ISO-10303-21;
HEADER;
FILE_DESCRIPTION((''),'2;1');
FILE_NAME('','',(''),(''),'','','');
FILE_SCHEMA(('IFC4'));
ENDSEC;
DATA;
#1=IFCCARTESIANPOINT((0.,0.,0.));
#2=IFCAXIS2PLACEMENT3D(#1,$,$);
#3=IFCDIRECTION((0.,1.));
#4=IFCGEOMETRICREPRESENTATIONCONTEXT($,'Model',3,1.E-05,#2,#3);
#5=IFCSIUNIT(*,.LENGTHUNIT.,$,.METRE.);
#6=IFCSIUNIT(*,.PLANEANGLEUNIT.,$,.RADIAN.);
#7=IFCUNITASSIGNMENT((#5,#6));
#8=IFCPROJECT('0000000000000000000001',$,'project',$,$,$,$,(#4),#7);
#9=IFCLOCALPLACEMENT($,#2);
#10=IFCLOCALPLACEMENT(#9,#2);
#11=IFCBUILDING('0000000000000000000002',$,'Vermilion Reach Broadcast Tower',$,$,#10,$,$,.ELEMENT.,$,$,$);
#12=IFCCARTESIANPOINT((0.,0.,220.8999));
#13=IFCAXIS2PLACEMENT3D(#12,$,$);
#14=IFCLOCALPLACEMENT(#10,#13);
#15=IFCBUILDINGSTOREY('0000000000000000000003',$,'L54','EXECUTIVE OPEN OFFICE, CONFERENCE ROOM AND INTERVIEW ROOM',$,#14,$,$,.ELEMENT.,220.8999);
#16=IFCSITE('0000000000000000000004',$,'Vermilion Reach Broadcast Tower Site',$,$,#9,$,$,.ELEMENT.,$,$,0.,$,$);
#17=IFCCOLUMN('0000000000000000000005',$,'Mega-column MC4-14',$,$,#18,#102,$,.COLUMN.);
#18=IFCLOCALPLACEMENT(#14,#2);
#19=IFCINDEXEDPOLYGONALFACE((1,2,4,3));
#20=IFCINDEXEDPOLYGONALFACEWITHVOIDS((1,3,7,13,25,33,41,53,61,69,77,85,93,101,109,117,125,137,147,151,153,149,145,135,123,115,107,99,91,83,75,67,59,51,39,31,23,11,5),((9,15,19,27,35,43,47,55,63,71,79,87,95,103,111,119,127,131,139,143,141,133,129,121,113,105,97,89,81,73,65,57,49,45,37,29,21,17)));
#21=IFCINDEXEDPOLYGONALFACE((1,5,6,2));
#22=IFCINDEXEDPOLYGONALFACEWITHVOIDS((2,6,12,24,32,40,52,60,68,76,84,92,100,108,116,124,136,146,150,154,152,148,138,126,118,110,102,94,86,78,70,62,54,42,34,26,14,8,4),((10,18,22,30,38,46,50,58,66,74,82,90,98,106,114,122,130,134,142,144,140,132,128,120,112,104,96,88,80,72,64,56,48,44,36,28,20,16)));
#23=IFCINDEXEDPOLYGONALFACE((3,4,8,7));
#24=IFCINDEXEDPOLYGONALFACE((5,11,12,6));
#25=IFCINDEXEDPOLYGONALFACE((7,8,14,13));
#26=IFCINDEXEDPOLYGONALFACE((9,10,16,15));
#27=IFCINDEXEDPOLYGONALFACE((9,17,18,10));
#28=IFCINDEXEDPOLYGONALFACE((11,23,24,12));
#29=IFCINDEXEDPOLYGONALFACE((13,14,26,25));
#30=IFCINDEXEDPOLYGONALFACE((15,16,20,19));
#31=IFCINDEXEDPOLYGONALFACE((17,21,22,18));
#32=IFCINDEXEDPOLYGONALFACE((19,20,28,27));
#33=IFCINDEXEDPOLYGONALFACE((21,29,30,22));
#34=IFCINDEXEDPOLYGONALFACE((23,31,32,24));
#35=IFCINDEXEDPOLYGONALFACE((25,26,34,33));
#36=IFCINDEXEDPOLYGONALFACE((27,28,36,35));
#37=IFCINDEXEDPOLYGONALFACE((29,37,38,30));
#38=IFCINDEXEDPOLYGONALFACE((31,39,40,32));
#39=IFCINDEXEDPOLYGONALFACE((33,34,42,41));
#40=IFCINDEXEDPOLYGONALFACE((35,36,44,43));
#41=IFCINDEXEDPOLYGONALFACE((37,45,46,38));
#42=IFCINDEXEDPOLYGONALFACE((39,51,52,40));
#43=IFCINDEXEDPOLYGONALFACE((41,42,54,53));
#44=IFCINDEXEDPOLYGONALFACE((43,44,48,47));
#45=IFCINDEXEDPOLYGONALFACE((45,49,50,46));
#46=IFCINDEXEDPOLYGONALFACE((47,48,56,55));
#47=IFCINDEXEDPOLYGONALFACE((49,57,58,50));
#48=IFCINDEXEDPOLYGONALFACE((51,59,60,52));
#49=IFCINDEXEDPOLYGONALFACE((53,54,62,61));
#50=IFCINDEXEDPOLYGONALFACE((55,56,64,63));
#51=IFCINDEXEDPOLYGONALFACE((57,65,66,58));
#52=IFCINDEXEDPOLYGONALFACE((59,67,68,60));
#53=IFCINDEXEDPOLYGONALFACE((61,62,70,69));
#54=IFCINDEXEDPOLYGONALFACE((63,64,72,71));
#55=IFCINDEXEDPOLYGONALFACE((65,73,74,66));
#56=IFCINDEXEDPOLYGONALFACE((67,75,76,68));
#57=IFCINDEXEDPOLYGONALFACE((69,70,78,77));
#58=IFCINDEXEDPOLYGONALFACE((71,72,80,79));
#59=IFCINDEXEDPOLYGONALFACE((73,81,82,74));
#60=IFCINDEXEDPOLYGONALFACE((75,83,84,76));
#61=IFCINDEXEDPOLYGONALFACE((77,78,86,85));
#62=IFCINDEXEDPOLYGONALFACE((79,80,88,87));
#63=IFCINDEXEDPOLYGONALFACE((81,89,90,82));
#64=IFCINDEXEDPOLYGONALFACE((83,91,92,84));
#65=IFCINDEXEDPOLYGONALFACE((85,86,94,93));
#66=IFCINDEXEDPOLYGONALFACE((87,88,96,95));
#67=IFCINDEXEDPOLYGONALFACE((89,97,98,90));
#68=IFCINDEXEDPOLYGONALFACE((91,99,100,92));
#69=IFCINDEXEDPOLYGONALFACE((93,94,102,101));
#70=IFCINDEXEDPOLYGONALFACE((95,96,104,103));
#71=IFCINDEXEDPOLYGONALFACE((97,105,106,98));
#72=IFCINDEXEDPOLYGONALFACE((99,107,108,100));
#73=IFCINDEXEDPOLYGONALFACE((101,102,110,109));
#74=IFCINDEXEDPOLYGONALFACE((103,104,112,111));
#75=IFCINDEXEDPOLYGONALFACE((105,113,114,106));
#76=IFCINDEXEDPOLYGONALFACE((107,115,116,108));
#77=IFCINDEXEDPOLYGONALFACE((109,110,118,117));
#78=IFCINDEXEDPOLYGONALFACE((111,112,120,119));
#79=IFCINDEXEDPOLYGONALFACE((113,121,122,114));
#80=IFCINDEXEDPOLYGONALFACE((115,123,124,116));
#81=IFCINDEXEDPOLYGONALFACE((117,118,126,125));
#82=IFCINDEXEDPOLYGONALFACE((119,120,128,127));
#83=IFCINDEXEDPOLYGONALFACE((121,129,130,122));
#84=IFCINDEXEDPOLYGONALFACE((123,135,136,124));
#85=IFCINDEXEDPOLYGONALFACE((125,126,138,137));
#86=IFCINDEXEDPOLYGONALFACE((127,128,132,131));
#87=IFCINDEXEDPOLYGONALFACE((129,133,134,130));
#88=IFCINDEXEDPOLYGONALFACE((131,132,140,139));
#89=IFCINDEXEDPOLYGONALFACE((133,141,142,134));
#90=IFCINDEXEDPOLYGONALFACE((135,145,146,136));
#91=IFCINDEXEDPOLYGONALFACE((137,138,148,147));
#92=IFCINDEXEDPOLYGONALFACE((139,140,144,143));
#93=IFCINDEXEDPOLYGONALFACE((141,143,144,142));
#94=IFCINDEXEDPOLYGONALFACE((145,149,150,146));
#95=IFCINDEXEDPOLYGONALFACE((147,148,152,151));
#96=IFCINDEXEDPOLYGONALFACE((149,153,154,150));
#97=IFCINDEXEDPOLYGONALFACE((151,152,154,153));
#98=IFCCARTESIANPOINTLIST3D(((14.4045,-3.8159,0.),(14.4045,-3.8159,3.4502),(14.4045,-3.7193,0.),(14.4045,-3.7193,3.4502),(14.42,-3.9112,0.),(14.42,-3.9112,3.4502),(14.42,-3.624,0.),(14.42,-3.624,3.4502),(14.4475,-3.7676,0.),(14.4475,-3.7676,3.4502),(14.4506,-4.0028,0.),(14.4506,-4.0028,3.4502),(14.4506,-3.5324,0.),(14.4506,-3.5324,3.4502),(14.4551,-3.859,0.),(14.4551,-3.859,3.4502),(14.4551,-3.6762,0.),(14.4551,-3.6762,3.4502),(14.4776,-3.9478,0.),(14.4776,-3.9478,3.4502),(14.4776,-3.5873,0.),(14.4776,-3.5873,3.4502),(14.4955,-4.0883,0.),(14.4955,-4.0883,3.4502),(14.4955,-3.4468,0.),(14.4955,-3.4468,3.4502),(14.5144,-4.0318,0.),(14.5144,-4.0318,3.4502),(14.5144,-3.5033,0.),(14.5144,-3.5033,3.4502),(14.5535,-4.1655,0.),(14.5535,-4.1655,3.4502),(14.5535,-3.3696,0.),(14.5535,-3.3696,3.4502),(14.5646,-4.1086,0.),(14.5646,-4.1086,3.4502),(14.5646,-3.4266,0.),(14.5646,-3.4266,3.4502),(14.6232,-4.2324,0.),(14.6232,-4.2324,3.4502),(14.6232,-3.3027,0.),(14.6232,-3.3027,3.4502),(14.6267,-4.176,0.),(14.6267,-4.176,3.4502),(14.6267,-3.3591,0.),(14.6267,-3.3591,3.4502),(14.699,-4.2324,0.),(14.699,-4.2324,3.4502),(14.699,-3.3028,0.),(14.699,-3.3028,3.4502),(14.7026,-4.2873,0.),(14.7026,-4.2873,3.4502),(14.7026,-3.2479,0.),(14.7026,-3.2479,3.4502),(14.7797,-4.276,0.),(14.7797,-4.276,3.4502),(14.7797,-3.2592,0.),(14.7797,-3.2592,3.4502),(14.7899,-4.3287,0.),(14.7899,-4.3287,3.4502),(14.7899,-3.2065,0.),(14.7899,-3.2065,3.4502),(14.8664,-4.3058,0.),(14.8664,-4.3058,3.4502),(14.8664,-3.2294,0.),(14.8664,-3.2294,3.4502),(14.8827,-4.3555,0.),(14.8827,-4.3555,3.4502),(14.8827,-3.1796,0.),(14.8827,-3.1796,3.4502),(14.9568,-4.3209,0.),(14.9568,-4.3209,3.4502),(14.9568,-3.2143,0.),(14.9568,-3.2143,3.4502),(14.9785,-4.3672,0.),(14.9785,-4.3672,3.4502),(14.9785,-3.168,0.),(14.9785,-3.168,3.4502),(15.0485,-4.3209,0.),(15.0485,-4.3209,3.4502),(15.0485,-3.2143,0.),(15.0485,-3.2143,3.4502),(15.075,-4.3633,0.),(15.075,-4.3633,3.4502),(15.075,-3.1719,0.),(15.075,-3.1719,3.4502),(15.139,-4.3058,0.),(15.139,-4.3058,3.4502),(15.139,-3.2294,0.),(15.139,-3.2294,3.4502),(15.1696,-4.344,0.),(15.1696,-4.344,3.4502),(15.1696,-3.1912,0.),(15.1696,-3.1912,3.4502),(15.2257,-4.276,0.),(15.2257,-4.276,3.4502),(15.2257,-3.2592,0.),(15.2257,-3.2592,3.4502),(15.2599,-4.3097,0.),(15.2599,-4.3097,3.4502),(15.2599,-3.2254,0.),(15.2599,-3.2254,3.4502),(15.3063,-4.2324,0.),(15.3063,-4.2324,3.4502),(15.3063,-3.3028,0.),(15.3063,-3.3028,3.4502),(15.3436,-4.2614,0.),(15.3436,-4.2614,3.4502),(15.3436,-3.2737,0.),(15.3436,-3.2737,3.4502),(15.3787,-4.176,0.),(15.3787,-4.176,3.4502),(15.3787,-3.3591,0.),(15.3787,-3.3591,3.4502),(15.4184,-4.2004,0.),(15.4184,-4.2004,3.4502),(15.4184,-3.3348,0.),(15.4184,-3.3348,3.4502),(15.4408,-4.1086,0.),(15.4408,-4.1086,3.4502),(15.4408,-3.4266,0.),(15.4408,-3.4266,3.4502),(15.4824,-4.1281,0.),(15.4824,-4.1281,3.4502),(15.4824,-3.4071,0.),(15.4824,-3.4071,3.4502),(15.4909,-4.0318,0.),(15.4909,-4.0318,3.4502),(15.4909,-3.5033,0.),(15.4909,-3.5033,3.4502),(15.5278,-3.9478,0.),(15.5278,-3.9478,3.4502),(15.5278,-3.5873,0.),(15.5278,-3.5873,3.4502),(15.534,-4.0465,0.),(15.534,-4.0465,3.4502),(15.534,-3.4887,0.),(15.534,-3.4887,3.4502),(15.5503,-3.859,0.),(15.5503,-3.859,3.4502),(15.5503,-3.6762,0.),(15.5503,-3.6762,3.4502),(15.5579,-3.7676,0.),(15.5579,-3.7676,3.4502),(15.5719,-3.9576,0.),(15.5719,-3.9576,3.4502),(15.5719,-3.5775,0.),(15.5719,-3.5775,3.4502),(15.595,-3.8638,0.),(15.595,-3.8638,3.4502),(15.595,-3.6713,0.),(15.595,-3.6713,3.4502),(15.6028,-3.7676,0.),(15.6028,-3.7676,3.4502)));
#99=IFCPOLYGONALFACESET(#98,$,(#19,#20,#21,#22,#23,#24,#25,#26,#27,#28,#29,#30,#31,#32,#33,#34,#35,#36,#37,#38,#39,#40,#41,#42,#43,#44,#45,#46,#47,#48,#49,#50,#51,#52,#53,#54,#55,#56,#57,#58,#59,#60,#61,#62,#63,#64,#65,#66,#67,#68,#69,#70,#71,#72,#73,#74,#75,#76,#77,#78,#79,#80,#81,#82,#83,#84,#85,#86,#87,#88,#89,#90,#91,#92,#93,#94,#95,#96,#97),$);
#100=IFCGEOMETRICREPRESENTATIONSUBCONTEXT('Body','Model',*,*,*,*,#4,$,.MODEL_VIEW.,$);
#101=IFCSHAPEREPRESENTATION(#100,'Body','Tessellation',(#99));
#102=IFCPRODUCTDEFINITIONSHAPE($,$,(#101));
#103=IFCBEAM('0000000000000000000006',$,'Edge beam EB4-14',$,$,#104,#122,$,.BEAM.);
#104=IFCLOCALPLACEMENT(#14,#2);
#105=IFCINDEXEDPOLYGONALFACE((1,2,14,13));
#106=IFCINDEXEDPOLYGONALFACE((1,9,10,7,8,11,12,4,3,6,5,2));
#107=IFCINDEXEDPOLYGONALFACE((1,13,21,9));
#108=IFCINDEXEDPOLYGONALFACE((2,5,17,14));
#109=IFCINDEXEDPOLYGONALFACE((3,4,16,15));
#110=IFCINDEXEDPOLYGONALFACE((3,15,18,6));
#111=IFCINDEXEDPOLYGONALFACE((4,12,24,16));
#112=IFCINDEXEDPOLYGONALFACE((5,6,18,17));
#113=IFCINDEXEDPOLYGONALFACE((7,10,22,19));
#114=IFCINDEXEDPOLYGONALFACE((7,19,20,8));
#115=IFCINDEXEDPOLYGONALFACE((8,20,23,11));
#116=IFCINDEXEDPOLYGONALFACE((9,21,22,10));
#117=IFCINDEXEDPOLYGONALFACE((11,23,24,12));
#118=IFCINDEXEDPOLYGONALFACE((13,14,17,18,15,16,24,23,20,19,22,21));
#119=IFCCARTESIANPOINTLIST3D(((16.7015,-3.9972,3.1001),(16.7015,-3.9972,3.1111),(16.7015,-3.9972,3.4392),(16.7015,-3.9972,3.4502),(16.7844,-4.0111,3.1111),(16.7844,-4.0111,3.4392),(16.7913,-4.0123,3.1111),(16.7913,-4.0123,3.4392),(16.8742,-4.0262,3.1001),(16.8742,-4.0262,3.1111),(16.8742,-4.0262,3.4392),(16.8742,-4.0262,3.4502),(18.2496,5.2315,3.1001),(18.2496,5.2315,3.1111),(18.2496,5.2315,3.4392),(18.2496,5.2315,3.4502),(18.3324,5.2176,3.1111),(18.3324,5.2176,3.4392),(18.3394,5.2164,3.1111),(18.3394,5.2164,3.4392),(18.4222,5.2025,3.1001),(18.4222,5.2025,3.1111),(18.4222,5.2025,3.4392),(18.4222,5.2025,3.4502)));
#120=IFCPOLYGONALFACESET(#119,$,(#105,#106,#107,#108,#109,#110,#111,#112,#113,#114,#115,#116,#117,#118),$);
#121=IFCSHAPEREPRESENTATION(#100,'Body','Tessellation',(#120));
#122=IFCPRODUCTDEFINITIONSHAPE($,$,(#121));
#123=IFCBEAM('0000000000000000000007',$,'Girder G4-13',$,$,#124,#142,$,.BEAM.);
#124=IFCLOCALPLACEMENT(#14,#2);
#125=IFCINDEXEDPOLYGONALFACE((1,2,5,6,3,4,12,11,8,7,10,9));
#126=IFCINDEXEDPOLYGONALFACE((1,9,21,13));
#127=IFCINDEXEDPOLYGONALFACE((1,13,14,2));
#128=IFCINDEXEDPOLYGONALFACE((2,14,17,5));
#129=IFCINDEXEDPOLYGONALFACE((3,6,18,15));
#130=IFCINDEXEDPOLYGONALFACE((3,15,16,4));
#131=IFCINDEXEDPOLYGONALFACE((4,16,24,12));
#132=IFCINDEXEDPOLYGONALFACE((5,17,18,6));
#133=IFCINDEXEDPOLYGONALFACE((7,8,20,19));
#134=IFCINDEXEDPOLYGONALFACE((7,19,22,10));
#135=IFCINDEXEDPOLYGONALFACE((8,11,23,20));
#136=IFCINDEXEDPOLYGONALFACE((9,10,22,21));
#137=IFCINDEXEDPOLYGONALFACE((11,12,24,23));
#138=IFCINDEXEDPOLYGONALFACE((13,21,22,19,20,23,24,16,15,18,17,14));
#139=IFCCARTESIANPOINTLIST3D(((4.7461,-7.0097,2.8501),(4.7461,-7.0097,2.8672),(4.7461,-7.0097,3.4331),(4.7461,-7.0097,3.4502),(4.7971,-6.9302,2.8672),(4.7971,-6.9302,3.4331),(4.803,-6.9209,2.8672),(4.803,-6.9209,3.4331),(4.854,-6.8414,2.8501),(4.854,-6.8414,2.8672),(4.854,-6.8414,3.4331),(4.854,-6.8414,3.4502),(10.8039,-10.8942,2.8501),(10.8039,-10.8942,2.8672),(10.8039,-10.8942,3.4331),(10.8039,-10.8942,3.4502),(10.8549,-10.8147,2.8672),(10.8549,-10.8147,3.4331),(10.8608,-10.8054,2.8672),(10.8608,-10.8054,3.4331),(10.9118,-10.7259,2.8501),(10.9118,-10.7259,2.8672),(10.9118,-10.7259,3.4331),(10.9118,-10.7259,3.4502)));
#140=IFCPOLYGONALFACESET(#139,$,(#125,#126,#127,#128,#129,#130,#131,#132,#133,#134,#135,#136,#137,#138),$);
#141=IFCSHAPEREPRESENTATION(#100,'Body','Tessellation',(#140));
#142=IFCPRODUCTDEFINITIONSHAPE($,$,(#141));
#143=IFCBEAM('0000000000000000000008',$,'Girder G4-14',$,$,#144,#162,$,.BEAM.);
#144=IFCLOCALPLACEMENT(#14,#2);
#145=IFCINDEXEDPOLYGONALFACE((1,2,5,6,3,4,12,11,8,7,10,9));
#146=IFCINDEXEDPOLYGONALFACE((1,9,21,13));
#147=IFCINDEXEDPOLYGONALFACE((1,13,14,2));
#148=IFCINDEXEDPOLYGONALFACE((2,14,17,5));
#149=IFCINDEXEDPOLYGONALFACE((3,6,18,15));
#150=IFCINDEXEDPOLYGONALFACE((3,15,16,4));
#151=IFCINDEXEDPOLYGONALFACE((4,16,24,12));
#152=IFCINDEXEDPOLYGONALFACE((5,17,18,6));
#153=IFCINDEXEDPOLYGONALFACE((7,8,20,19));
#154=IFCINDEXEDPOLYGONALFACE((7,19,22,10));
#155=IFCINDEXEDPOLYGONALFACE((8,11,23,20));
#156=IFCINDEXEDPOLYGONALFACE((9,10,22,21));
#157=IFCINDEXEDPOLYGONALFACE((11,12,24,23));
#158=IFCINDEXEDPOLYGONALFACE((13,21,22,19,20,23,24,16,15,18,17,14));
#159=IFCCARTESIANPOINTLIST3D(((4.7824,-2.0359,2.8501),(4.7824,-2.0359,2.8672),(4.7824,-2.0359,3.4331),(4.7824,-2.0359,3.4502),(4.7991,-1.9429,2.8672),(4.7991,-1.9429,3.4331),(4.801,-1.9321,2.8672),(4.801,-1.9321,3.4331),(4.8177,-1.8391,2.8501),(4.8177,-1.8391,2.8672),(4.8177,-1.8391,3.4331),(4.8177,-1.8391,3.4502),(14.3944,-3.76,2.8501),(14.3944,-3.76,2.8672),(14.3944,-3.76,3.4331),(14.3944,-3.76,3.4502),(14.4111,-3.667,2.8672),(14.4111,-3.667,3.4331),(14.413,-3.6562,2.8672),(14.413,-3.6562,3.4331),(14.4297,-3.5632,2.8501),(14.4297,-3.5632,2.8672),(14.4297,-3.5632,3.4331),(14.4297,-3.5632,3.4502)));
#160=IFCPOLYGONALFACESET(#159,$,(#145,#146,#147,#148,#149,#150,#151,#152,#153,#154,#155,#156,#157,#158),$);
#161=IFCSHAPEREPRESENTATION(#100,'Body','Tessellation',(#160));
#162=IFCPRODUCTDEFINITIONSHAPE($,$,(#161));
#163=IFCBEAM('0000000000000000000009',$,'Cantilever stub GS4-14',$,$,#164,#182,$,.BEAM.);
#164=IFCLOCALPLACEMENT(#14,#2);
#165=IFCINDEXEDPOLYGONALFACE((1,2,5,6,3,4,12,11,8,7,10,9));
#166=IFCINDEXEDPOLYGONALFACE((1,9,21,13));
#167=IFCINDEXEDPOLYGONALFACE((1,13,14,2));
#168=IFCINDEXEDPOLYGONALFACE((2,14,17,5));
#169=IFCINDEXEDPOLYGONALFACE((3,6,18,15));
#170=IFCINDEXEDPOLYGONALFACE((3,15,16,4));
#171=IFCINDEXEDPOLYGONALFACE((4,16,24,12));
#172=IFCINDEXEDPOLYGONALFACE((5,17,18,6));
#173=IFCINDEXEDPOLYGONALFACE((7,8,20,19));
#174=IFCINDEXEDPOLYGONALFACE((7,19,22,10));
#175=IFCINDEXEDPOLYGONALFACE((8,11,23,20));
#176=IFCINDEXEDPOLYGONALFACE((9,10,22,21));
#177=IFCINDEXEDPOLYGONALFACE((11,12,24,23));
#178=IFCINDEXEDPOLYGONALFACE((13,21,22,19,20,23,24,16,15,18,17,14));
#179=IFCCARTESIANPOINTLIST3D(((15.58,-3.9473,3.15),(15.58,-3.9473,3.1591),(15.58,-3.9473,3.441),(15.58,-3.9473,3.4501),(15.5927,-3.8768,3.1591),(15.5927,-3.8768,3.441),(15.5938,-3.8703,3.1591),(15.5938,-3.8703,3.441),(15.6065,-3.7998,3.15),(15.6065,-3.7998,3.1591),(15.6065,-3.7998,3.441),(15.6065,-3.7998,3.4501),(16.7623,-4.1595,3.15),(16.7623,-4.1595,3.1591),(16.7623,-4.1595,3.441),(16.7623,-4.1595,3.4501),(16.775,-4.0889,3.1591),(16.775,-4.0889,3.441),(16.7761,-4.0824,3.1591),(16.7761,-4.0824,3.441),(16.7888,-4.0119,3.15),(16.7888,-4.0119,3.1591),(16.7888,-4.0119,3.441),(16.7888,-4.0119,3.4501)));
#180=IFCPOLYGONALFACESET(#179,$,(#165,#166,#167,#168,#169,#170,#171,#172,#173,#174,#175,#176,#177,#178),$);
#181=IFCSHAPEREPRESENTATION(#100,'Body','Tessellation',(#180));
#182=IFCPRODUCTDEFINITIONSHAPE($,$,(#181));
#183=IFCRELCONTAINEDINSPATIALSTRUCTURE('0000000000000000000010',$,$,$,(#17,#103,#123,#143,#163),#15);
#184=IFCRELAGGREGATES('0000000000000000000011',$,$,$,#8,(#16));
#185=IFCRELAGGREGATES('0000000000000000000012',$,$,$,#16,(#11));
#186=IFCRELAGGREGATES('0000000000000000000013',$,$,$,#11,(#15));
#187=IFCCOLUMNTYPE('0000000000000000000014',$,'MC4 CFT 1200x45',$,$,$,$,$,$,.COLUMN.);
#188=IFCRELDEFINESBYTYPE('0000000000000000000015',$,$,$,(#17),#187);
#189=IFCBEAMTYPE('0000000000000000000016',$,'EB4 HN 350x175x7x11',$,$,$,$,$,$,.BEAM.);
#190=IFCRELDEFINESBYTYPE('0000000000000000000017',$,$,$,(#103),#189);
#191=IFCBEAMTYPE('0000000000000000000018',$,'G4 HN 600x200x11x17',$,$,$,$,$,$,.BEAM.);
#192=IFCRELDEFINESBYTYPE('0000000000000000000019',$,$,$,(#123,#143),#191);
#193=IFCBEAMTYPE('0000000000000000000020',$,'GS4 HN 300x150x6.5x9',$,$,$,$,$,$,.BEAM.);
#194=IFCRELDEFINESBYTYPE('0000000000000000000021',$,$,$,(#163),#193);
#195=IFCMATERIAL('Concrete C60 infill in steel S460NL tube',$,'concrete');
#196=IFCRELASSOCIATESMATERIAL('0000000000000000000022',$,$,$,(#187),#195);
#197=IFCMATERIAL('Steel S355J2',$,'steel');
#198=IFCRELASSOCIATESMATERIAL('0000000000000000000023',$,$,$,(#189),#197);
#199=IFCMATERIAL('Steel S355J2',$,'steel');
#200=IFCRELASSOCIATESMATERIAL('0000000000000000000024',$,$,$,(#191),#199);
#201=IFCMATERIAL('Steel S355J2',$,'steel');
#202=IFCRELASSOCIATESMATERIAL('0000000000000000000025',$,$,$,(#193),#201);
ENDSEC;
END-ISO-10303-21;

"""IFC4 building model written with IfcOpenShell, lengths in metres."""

from ifc_helpers import new_model, si_unit, direction, frame, origin, origin_2d, place, context, subcontext, project, spatial, hollow_circle, i_section, extrude, material, material_profile, profile_set, type_object, element, save


model = new_model("IFC4")

# Units and contexts
model_context = context("Model", 3, precision=1e-05, world=origin(), true_north=direction((0.0, 1.0)))
body_context = subcontext(model_context, "Body", "Model", "MODEL_VIEW")
ifc_project = project(units=[si_unit("LENGTHUNIT", "METRE"), si_unit("PLANEANGLEUNIT", "RADIAN")], contexts=[model_context])

# Site, building, storey
site_placement = place(None, origin())
site = spatial("IfcSite", under=ifc_project, at=site_placement, Name="Vermilion Reach Broadcast Tower Site", CompositionType="ELEMENT", RefElevation=0.0)
building_placement = place(site_placement, origin())
building = spatial("IfcBuilding", under=site, at=building_placement, Name="Vermilion Reach Broadcast Tower", CompositionType="ELEMENT")
storey_placement = place(building_placement, frame((0.0, 0.0, 220.8999)))
storey = spatial("IfcBuildingStorey", under=building, at=storey_placement, Name="L54", Description="EXECUTIVE OPEN OFFICE, CONFERENCE ROOM AND INTERVIEW ROOM", CompositionType="ELEMENT", Elevation=220.8999)

# Column
ifc_material_1 = material(Name="Concrete C60 infill in steel S460NL tube", Category="concrete")
ifc_material_profile_1 = material_profile(ifc_material_1, hollow_circle(Radius=0.6001, WallThickness=0.0449, at=origin_2d()), Name="Concrete C60 infill in steel S460NL tube CFT 1200x45")
ifc_profile_set_1 = profile_set([ifc_material_profile_1], Name="Concrete C60 infill in steel S460NL tube")
column_type = type_object("IfcColumnType", Name="MC4 CFT 1200x45", PredefinedType="COLUMN", material=ifc_profile_set_1)
column_placement = place(storey_placement, frame((15.0027, -3.7676, 0.0), z_axis=(0.0, 0.0, 1.0), x_axis=(1.0, 0.0, 0.0)))
element("IfcColumn", 1, at=column_placement, inside=storey, type_object=column_type, Name="Mega-column MC4-14", PredefinedType="COLUMN", context=body_context, shape_type="SweptSolid", body=[
    extrude(hollow_circle(Radius=0.6001, WallThickness=0.0449, at=origin_2d()), origin(), (0.0, 0.0, 1.0), 3.4502),
])

# Beams
ifc_material_2 = material(Name="Steel S355J2", Category="steel")
ifc_material_profile_2 = material_profile(ifc_material_2, i_section(OverallWidth=0.175, OverallDepth=0.3501, WebThickness=0.0071, FlangeThickness=0.011, at=origin_2d()), Name="S355J2 HN 350x175x7x11")
ifc_profile_set_2 = profile_set([ifc_material_profile_2], Name="Steel S355J2")
beam_type_1 = type_object("IfcBeamType", Name="EB4 HN 350x175x7x11", PredefinedType="BEAM", material=ifc_profile_set_2)
beam_1_placement = place(storey_placement, frame((16.7878, -4.0117, 3.2751), z_axis=(0.165435, 0.986221, 0.0), x_axis=(-0.986221, 0.165435, 0.0)))
element("IfcBeam", 2, at=beam_1_placement, inside=storey, type_object=beam_type_1, Name="Edge beam EB4-14", PredefinedType="BEAM", context=body_context, shape_type="SweptSolid", body=[
    extrude(i_section(OverallWidth=0.175, OverallDepth=0.3501, WebThickness=0.0071, FlangeThickness=0.011, at=origin_2d()), origin(), (0.0, 0.0, 1.0), 9.3577),
])
ifc_material_3 = material(Name="Steel S355J2", Category="steel")
ifc_material_profile_3 = material_profile(ifc_material_3, i_section(OverallWidth=0.2, OverallDepth=0.6001, WebThickness=0.011, FlangeThickness=0.0171, at=origin_2d()), Name="S355J2 HN 600x200x11x17")
ifc_profile_set_3 = profile_set([ifc_material_profile_3], Name="Steel S355J2")
beam_type_2 = type_object("IfcBeamType", Name="G4 HN 600x200x11x17", PredefinedType="BEAM", material=ifc_profile_set_3)
beam_2_placement = place(storey_placement, frame((4.8, -6.9255, 3.1501), z_axis=(0.841799, -0.539792, 0.0), x_axis=(0.539792, 0.841799, 0.0)))
element("IfcBeam", 3, at=beam_2_placement, inside=storey, type_object=beam_type_2, Name="Girder G4-13", PredefinedType="BEAM", context=body_context, shape_type="SweptSolid", body=[
    extrude(i_section(OverallWidth=0.2, OverallDepth=0.6001, WebThickness=0.011, FlangeThickness=0.0171, at=origin_2d()), origin(), (0.0, 0.0, 1.0), 7.1963),
])
beam_3_placement = place(storey_placement, frame((4.8, -1.9375, 3.1501), z_axis=(0.984291, -0.176553, 0.0), x_axis=(0.176553, 0.984291, 0.0)))
element("IfcBeam", 4, at=beam_3_placement, inside=storey, type_object=beam_type_2, Name="Girder G4-14", PredefinedType="BEAM", context=body_context, shape_type="SweptSolid", body=[
    extrude(i_section(OverallWidth=0.2, OverallDepth=0.6001, WebThickness=0.011, FlangeThickness=0.0171, at=origin_2d()), origin(), (0.0, 0.0, 1.0), 9.7654),
])
ifc_material_4 = material(Name="Steel S355J2", Category="steel")
ifc_material_profile_4 = material_profile(ifc_material_4, i_section(OverallWidth=0.1499, OverallDepth=0.3, WebThickness=0.0066, FlangeThickness=0.009, at=origin_2d()), Name="S355J2 HN 300x150x6.5x9")
ifc_profile_set_4 = profile_set([ifc_material_profile_4], Name="Steel S355J2")
beam_type_3 = type_object("IfcBeamType", Name="GS4 HN 300x150x6.5x9", PredefinedType="BEAM", material=ifc_profile_set_4)
beam_4_placement = place(storey_placement, frame((15.5933, -3.8735, 3.3), z_axis=(0.98428, -0.176614, 0.0), x_axis=(0.176614, 0.98428, 0.0)))
element("IfcBeam", 5, at=beam_4_placement, inside=storey, type_object=beam_type_3, Name="Cantilever stub GS4-14", PredefinedType="BEAM", context=body_context, shape_type="SweptSolid", body=[
    extrude(i_section(OverallWidth=0.1499, OverallDepth=0.3, WebThickness=0.0066, FlangeThickness=0.009, at=origin_2d()), origin(), (0.0, 0.0, 1.0), 1.2012),
])

save(model, "model.ifc")
